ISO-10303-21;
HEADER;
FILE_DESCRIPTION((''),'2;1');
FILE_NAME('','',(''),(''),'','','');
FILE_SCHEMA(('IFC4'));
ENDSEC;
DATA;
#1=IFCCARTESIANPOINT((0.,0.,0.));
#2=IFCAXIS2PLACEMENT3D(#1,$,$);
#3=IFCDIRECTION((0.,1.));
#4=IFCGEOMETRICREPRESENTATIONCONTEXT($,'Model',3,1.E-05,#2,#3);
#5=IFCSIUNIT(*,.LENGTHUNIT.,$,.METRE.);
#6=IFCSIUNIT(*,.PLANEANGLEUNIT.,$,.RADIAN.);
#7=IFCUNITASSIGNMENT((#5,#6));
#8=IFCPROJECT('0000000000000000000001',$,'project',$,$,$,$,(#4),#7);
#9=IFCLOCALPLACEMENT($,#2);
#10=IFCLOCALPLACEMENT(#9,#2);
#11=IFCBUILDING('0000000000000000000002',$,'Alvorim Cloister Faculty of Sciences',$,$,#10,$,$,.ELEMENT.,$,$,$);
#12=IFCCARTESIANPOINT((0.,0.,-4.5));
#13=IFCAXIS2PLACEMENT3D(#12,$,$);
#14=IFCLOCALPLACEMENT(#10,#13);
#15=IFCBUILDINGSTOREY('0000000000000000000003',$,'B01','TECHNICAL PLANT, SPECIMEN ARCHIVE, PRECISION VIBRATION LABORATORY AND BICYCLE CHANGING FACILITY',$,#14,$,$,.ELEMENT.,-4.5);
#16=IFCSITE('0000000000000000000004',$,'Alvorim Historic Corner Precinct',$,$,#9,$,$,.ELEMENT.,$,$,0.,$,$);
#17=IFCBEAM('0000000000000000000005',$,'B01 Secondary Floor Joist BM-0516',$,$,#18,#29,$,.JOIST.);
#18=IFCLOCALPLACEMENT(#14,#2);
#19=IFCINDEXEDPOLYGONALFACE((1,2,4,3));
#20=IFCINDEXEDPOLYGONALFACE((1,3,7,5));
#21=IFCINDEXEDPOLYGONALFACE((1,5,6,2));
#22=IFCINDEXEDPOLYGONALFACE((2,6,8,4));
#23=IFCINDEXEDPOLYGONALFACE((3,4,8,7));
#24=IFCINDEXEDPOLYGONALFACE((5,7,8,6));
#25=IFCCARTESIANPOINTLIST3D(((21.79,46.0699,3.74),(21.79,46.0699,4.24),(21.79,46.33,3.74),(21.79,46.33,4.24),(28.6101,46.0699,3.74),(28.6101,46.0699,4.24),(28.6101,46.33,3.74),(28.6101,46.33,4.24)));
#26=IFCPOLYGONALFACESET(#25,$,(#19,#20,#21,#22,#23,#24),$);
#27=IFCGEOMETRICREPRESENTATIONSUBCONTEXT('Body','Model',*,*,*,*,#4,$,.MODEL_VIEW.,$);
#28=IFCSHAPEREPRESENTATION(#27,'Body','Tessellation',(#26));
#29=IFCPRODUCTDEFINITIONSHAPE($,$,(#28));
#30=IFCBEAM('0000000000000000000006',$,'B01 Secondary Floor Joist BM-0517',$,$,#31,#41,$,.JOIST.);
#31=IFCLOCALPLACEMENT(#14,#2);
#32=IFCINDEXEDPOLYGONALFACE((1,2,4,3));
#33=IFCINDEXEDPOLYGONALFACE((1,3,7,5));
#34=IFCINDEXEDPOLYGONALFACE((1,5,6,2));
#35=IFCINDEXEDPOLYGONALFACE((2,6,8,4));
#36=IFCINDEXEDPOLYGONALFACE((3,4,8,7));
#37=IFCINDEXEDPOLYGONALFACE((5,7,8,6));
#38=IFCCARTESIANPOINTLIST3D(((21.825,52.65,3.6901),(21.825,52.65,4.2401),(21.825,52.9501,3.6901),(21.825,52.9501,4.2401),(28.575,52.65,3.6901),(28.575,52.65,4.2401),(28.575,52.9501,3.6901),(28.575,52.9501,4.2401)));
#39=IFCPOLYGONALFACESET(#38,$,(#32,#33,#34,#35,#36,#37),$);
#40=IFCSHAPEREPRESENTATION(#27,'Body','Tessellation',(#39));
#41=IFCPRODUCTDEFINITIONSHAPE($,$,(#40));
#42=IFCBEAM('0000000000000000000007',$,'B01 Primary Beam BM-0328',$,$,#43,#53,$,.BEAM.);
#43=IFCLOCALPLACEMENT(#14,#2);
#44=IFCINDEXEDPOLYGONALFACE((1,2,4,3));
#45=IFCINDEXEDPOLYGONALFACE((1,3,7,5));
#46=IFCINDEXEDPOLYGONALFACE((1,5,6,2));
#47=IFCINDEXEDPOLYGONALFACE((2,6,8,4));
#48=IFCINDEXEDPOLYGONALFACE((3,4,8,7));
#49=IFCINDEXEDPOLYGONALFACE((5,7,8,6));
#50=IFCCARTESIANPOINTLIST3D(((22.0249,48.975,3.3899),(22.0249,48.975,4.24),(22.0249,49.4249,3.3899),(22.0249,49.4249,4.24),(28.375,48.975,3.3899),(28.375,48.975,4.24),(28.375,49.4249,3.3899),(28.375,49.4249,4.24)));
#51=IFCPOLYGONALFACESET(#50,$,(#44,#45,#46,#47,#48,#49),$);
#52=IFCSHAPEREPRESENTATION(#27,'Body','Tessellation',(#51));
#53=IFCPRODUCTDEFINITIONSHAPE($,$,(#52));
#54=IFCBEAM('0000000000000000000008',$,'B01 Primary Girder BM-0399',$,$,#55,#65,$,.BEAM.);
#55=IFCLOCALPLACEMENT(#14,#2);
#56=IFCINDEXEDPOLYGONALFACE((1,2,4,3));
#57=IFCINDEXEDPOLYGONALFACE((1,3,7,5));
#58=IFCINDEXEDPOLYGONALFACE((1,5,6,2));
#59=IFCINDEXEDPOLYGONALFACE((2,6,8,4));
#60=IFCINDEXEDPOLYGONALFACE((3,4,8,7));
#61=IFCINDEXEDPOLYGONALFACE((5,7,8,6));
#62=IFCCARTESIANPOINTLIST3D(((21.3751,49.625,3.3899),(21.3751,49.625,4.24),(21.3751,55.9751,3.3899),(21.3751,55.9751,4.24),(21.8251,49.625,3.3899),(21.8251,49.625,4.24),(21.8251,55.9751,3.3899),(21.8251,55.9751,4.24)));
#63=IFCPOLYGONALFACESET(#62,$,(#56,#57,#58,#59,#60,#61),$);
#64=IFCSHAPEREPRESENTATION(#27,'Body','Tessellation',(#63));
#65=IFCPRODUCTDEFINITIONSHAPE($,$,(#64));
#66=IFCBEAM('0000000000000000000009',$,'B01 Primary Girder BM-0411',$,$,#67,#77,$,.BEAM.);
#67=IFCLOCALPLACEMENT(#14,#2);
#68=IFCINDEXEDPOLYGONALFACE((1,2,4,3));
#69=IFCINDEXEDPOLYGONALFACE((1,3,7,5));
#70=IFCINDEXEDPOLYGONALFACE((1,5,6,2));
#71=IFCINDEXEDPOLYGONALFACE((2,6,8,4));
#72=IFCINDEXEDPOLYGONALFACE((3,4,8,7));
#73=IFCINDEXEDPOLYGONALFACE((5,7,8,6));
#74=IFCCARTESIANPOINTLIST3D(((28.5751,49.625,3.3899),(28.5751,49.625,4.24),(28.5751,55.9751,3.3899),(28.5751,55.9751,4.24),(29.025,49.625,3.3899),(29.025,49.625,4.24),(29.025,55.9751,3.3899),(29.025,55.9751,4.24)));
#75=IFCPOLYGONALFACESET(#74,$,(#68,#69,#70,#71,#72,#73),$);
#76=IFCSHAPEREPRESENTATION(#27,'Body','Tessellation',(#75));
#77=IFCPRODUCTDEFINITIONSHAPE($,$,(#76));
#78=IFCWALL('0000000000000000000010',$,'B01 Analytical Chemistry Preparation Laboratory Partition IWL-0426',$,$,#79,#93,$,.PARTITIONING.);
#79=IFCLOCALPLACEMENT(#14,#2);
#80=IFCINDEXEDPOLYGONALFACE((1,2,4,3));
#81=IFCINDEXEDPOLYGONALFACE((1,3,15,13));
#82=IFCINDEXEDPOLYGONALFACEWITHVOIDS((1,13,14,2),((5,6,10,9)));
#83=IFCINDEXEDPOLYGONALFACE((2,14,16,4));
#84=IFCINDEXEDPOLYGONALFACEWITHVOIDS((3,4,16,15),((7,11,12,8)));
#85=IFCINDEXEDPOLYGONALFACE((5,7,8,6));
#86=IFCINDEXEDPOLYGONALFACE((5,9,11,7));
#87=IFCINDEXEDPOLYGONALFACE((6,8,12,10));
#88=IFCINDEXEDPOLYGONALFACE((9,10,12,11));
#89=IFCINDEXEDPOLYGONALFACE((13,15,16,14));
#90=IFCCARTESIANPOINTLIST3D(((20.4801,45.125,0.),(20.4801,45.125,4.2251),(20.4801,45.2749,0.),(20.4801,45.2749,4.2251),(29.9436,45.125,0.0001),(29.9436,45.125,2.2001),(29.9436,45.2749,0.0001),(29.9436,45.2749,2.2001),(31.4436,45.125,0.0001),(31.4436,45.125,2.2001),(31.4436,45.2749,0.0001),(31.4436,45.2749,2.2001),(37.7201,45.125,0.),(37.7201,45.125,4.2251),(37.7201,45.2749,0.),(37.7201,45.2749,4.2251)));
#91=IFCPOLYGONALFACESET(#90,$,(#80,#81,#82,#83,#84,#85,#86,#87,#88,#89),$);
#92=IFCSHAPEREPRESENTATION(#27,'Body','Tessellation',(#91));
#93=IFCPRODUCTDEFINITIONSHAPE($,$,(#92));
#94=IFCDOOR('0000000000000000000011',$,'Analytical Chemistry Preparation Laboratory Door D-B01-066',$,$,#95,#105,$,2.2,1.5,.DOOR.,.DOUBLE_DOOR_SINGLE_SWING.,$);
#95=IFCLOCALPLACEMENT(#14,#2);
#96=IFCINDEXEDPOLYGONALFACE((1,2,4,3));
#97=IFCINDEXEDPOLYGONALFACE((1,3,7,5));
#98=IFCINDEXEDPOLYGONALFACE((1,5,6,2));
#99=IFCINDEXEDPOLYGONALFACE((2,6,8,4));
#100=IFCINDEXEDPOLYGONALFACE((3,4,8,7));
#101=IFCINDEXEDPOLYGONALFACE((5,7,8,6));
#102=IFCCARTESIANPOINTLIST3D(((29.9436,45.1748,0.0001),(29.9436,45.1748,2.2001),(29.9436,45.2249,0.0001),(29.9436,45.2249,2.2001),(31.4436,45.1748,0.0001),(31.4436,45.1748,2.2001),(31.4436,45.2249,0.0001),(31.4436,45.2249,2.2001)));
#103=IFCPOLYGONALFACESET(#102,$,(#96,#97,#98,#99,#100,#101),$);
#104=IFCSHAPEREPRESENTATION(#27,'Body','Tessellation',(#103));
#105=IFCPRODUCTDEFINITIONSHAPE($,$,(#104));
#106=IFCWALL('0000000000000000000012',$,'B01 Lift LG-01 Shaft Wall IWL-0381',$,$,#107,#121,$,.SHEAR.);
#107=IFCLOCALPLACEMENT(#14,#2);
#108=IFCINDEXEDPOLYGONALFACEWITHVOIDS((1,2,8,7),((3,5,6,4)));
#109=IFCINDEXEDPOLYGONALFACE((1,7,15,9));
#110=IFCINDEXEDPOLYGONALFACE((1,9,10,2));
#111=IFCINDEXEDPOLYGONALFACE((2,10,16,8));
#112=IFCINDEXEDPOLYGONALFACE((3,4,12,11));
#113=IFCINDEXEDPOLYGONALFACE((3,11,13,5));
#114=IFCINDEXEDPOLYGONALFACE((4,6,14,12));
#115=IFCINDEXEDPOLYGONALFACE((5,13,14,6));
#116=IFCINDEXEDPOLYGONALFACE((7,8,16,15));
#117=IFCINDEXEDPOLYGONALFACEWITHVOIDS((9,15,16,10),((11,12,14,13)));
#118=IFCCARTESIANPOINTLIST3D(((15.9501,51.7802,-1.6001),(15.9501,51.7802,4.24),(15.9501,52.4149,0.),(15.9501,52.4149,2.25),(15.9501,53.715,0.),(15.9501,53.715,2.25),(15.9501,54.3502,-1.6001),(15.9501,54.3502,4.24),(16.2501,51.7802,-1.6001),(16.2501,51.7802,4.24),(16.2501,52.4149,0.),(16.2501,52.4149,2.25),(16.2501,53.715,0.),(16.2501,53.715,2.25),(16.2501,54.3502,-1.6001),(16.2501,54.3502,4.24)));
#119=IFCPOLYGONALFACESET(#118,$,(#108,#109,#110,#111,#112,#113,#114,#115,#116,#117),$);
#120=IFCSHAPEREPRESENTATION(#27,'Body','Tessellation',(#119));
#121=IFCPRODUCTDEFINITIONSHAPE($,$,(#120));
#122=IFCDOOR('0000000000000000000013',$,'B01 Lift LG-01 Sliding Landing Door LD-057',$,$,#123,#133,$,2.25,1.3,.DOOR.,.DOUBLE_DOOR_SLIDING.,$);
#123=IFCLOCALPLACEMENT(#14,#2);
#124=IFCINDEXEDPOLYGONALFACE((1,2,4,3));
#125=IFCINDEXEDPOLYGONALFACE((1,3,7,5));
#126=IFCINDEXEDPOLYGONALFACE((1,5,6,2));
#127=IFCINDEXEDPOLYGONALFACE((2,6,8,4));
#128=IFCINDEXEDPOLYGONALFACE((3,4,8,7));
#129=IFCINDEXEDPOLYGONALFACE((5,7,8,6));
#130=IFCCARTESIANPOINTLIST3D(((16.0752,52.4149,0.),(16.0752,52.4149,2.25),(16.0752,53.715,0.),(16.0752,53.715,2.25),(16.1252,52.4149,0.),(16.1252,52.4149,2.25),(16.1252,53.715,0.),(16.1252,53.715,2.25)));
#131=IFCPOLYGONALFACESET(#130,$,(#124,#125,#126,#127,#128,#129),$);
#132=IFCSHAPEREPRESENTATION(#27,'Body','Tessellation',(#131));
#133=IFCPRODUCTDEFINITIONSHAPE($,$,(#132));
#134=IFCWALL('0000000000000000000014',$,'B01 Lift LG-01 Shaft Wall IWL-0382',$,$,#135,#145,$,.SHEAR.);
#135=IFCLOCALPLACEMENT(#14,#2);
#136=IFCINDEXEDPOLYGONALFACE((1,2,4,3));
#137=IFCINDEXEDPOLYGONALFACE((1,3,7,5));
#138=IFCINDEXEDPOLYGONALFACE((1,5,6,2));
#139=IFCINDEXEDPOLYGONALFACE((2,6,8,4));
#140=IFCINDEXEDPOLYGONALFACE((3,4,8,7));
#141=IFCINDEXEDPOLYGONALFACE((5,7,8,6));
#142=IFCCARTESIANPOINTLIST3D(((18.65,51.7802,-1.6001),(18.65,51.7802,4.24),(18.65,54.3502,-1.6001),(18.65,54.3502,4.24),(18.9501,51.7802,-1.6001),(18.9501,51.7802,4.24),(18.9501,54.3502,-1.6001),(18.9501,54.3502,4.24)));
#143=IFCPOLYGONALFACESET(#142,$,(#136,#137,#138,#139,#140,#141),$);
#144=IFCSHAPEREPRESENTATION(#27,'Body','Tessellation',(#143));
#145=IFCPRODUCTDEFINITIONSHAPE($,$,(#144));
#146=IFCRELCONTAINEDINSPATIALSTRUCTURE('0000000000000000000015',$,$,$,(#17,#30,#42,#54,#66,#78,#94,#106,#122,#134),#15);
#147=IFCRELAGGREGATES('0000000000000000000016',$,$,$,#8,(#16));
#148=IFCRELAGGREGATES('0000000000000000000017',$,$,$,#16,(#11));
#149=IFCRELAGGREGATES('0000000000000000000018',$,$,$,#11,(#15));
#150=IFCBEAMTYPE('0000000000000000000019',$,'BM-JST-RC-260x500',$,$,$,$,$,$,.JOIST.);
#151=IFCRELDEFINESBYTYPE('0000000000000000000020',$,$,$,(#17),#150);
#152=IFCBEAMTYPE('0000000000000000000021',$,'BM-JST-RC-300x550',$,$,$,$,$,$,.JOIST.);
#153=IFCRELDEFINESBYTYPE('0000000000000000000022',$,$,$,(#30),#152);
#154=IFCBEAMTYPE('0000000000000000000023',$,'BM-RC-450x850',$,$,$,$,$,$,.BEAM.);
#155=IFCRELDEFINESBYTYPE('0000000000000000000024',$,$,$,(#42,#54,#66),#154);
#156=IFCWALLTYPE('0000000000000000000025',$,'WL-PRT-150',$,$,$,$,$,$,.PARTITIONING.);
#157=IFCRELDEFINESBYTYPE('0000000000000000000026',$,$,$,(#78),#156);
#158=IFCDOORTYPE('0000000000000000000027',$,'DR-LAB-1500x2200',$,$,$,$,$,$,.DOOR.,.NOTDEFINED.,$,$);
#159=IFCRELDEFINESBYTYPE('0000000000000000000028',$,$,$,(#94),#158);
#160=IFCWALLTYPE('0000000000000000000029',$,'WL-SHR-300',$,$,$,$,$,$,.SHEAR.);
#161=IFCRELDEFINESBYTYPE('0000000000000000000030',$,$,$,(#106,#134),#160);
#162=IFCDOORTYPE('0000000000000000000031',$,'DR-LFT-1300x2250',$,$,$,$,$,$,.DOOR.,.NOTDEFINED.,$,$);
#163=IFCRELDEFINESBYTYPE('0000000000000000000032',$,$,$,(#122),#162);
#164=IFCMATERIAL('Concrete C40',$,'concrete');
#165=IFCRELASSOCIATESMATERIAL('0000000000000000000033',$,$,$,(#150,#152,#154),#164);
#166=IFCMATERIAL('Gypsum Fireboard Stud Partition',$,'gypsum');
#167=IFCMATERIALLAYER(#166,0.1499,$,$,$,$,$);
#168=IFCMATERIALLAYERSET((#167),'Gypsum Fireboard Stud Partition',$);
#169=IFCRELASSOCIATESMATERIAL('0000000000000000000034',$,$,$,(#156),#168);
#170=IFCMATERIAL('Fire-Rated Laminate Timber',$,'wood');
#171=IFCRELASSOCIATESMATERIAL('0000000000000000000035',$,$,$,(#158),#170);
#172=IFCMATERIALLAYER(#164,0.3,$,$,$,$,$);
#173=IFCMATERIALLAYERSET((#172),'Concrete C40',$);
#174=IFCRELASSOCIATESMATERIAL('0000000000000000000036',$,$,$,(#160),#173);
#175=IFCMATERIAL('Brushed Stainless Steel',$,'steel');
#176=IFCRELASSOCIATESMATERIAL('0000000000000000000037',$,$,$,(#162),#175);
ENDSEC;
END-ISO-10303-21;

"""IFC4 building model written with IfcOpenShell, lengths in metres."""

from ifc_helpers import new_model, si_unit, direction, frame, frame_2d, origin, origin_2d, place, context, subcontext, project, spatial, rectangle, extrude, material, layer, layer_set, material_profile, profile_set, type_object, element, fill, save


model = new_model("IFC4")

# Units and contexts
model_context = context("Model", 3, precision=1e-05, world=origin(), true_north=direction((0.0, 1.0)))
body_context = subcontext(model_context, "Body", "Model", "MODEL_VIEW")
ifc_project = project(units=[si_unit("LENGTHUNIT", "METRE"), si_unit("PLANEANGLEUNIT", "RADIAN")], contexts=[model_context])

# Site, building, storey
site_placement = place(None, origin())
site = spatial("IfcSite", under=ifc_project, at=site_placement, Name="Alvorim Historic Corner Precinct", CompositionType="ELEMENT", RefElevation=0.0)
building_placement = place(site_placement, origin())
building = spatial("IfcBuilding", under=site, at=building_placement, Name="Alvorim Cloister Faculty of Sciences", CompositionType="ELEMENT")
storey_placement = place(building_placement, frame((0.0, 0.0, -4.5)))
storey = spatial("IfcBuildingStorey", under=building, at=storey_placement, Name="B01", Description="TECHNICAL PLANT, SPECIMEN ARCHIVE, PRECISION VIBRATION LABORATORY AND BICYCLE CHANGING FACILITY", CompositionType="ELEMENT", Elevation=-4.5)

# Shared definitions
ifc_material_1 = material(Name="Concrete C40", Category="concrete")

# Beams
ifc_material_profile_1 = material_profile(ifc_material_1, rectangle(XDim=0.26, YDim=0.5, at=origin_2d()), Name="RC40-JST-260x500")
ifc_profile_set_1 = profile_set([ifc_material_profile_1], Name="Concrete C40")
beam_type_1 = type_object("IfcBeamType", Name="BM-JST-RC-260x500", PredefinedType="JOIST", material=ifc_profile_set_1)
beam_1_placement = place(storey_placement, frame((21.79, 46.2, 3.99), z_axis=(1.0, 0.0, 0.0), x_axis=(0.0, 1.0, 0.0)))
element("IfcBeam", 1, at=beam_1_placement, inside=storey, type_object=beam_type_1, Name="B01 Secondary Floor Joist BM-0516", PredefinedType="JOIST", context=body_context, shape_type="SweptSolid", body=[
    extrude(rectangle(XDim=0.26, YDim=0.5, at=origin_2d()), origin(), (0.0, 0.0, 1.0), 6.8201),
])
ifc_material_profile_2 = material_profile(ifc_material_1, rectangle(XDim=0.3, YDim=0.55, at=origin_2d()), Name="RC40-JST-300x550")
ifc_profile_set_2 = profile_set([ifc_material_profile_2], Name="Concrete C40")
beam_type_2 = type_object("IfcBeamType", Name="BM-JST-RC-300x550", PredefinedType="JOIST", material=ifc_profile_set_2)
beam_2_placement = place(storey_placement, frame((21.825, 52.8, 3.9651), z_axis=(1.0, 0.0, 0.0), x_axis=(0.0, 1.0, 0.0)))
element("IfcBeam", 2, at=beam_2_placement, inside=storey, type_object=beam_type_2, Name="B01 Secondary Floor Joist BM-0517", PredefinedType="JOIST", context=body_context, shape_type="SweptSolid", body=[
    extrude(rectangle(XDim=0.3, YDim=0.55, at=origin_2d()), origin(), (0.0, 0.0, 1.0), 6.75),
])
ifc_material_profile_3 = material_profile(ifc_material_1, rectangle(XDim=0.45, YDim=0.8501, at=origin_2d()), Name="RC40-BM-450x850")
ifc_profile_set_3 = profile_set([ifc_material_profile_3], Name="Concrete C40")
beam_type_3 = type_object("IfcBeamType", Name="BM-RC-450x850", PredefinedType="BEAM", material=ifc_profile_set_3)
for number, where, z_axis, x_axis, name in (
    (3, (22.0249, 49.2, 3.8149), (1.0, 0.0, 0.0), (0.0, 1.0, 0.0), "B01 Primary Beam BM-0328"),
    (4, (21.6001, 49.625, 3.8149), (0.0, 1.0, 0.0), (-1.0, 0.0, 0.0), "B01 Primary Girder BM-0399"),
    (5, (28.8, 49.625, 3.8149), (0.0, 1.0, 0.0), (-1.0, 0.0, 0.0), "B01 Primary Girder BM-0411"),
):
    element("IfcBeam", number, at=place(storey_placement, frame(where, z_axis=z_axis, x_axis=x_axis)), inside=storey, type_object=beam_type_3, Name=name, PredefinedType="BEAM", context=body_context, shape_type="SweptSolid", body=[
        extrude(rectangle(XDim=0.45, YDim=0.8501, at=origin_2d()), origin(), (0.0, 0.0, 1.0), 6.3501),
    ])

# Walls, openings, doors
ifc_material_2 = material(Name="Gypsum Fireboard Stud Partition", Category="gypsum")
ifc_layer_1 = layer(ifc_material_2, 0.1499)
ifc_layer_set_1 = layer_set([ifc_layer_1], Name="Gypsum Fireboard Stud Partition")
wall_type_1 = type_object("IfcWallType", Name="WL-PRT-150", PredefinedType="PARTITIONING", material=ifc_layer_set_1)
wall_1_placement = place(storey_placement, frame((20.48, 45.2, 0.0), z_axis=(0.0, 0.0, 1.0), x_axis=(1.0, 0.0, 0.0)))
wall_1 = element("IfcWall", 6, at=wall_1_placement, inside=storey, type_object=wall_type_1, Name="B01 Analytical Chemistry Preparation Laboratory Partition IWL-0426", PredefinedType="PARTITIONING", context=body_context, shape_type="SweptSolid", body=[
    extrude(rectangle(XDim=17.24, YDim=0.1499, at=frame_2d((8.6201, 0.0))), origin(), (0.0, 0.0, 1.0), 4.2251),
])
opening_1_placement = place(wall_1_placement, frame((9.4636, 0.0, 0.0)))
opening_1 = element("IfcOpeningElement", 7, at=opening_1_placement, cuts=wall_1, PredefinedType="OPENING", context=body_context, shape_type="SweptSolid", body=[
    extrude(rectangle(XDim=1.5, YDim=2.2, at=frame_2d((0.75, 1.1001))), frame((0.0, 0.0869, 0.0), z_axis=(0.0, -1.0, 0.0), x_axis=(1.0, 0.0, 0.0)), (0.0, 0.0, 1.0), 0.1738),
])
ifc_material_3 = material(Name="Fire-Rated Laminate Timber", Category="wood")
door_type_1 = type_object("IfcDoorType", Name="DR-LAB-1500x2200", OperationType="NOTDEFINED", PredefinedType="DOOR", material=ifc_material_3)
door_1_placement = place(opening_1_placement, origin())
door_1 = element("IfcDoor", 8, at=door_1_placement, inside=storey, type_object=door_type_1, Name="Analytical Chemistry Preparation Laboratory Door D-B01-066", OperationType="DOUBLE_DOOR_SINGLE_SWING", OverallHeight=2.2, OverallWidth=1.5, PredefinedType="DOOR", context=body_context, shape_type="SweptSolid", body=[
    extrude(rectangle(XDim=1.5, YDim=2.2, at=frame_2d((0.75, 1.1001))), frame((0.0, 0.0249, 0.0), z_axis=(0.0, -1.0, 0.0), x_axis=(1.0, 0.0, 0.0)), (0.0, 0.0, 1.0), 0.05),
])
fill(opening_1, door_1)
ifc_layer_2 = layer(ifc_material_1, 0.3)
ifc_layer_set_2 = layer_set([ifc_layer_2], Name="Concrete C40")
wall_type_2 = type_object("IfcWallType", Name="WL-SHR-300", PredefinedType="SHEAR", material=ifc_layer_set_2)
wall_2_placement = place(storey_placement, frame((16.1001, 51.78, -1.6001), z_axis=(0.0, 0.0, 1.0), x_axis=(0.0, 1.0, 0.0)))
wall_2 = element("IfcWall", 9, at=wall_2_placement, inside=storey, type_object=wall_type_2, Name="B01 Lift LG-01 Shaft Wall IWL-0381", PredefinedType="SHEAR", context=body_context, shape_type="SweptSolid", body=[
    extrude(rectangle(XDim=2.5701, YDim=0.3, at=frame_2d((1.2852, 0.0))), origin(), (0.0, 0.0, 1.0), 5.8401),
])
opening_2_placement = place(wall_2_placement, frame((0.635, 0.0, 1.6001)))
opening_2 = element("IfcOpeningElement", 10, at=opening_2_placement, cuts=wall_2, PredefinedType="OPENING", context=body_context, shape_type="SweptSolid", body=[
    extrude(rectangle(XDim=1.3, YDim=2.25, at=frame_2d((0.6499, 1.125))), frame((0.0, 0.1621, 0.0), z_axis=(0.0, -1.0, 0.0), x_axis=(1.0, 0.0, 0.0)), (0.0, 0.0, 1.0), 0.324),
])
ifc_material_4 = material(Name="Brushed Stainless Steel", Category="steel")
door_type_2 = type_object("IfcDoorType", Name="DR-LFT-1300x2250", OperationType="NOTDEFINED", PredefinedType="DOOR", material=ifc_material_4)
door_2_placement = place(opening_2_placement, origin())
door_2 = element("IfcDoor", 11, at=door_2_placement, inside=storey, type_object=door_type_2, Name="B01 Lift LG-01 Sliding Landing Door LD-057", OperationType="DOUBLE_DOOR_SLIDING", OverallHeight=2.25, OverallWidth=1.3, PredefinedType="DOOR", context=body_context, shape_type="SweptSolid", body=[
    extrude(rectangle(XDim=1.3, YDim=2.25, at=frame_2d((0.6499, 1.125))), frame((0.0, 0.0249, 0.0), z_axis=(0.0, -1.0, 0.0), x_axis=(1.0, 0.0, 0.0)), (0.0, 0.0, 1.0), 0.05),
])
fill(opening_2, door_2)

# Wall
wall_3_placement = place(storey_placement, frame((18.8, 51.78, -1.6001), z_axis=(0.0, 0.0, 1.0), x_axis=(0.0, 1.0, 0.0)))
element("IfcWall", 12, at=wall_3_placement, inside=storey, type_object=wall_type_2, Name="B01 Lift LG-01 Shaft Wall IWL-0382", PredefinedType="SHEAR", context=body_context, shape_type="SweptSolid", body=[
    extrude(rectangle(XDim=2.5701, YDim=0.3, at=frame_2d((1.2852, 0.0))), origin(), (0.0, 0.0, 1.0), 5.8401),
])

save(model, "model.ifc")
